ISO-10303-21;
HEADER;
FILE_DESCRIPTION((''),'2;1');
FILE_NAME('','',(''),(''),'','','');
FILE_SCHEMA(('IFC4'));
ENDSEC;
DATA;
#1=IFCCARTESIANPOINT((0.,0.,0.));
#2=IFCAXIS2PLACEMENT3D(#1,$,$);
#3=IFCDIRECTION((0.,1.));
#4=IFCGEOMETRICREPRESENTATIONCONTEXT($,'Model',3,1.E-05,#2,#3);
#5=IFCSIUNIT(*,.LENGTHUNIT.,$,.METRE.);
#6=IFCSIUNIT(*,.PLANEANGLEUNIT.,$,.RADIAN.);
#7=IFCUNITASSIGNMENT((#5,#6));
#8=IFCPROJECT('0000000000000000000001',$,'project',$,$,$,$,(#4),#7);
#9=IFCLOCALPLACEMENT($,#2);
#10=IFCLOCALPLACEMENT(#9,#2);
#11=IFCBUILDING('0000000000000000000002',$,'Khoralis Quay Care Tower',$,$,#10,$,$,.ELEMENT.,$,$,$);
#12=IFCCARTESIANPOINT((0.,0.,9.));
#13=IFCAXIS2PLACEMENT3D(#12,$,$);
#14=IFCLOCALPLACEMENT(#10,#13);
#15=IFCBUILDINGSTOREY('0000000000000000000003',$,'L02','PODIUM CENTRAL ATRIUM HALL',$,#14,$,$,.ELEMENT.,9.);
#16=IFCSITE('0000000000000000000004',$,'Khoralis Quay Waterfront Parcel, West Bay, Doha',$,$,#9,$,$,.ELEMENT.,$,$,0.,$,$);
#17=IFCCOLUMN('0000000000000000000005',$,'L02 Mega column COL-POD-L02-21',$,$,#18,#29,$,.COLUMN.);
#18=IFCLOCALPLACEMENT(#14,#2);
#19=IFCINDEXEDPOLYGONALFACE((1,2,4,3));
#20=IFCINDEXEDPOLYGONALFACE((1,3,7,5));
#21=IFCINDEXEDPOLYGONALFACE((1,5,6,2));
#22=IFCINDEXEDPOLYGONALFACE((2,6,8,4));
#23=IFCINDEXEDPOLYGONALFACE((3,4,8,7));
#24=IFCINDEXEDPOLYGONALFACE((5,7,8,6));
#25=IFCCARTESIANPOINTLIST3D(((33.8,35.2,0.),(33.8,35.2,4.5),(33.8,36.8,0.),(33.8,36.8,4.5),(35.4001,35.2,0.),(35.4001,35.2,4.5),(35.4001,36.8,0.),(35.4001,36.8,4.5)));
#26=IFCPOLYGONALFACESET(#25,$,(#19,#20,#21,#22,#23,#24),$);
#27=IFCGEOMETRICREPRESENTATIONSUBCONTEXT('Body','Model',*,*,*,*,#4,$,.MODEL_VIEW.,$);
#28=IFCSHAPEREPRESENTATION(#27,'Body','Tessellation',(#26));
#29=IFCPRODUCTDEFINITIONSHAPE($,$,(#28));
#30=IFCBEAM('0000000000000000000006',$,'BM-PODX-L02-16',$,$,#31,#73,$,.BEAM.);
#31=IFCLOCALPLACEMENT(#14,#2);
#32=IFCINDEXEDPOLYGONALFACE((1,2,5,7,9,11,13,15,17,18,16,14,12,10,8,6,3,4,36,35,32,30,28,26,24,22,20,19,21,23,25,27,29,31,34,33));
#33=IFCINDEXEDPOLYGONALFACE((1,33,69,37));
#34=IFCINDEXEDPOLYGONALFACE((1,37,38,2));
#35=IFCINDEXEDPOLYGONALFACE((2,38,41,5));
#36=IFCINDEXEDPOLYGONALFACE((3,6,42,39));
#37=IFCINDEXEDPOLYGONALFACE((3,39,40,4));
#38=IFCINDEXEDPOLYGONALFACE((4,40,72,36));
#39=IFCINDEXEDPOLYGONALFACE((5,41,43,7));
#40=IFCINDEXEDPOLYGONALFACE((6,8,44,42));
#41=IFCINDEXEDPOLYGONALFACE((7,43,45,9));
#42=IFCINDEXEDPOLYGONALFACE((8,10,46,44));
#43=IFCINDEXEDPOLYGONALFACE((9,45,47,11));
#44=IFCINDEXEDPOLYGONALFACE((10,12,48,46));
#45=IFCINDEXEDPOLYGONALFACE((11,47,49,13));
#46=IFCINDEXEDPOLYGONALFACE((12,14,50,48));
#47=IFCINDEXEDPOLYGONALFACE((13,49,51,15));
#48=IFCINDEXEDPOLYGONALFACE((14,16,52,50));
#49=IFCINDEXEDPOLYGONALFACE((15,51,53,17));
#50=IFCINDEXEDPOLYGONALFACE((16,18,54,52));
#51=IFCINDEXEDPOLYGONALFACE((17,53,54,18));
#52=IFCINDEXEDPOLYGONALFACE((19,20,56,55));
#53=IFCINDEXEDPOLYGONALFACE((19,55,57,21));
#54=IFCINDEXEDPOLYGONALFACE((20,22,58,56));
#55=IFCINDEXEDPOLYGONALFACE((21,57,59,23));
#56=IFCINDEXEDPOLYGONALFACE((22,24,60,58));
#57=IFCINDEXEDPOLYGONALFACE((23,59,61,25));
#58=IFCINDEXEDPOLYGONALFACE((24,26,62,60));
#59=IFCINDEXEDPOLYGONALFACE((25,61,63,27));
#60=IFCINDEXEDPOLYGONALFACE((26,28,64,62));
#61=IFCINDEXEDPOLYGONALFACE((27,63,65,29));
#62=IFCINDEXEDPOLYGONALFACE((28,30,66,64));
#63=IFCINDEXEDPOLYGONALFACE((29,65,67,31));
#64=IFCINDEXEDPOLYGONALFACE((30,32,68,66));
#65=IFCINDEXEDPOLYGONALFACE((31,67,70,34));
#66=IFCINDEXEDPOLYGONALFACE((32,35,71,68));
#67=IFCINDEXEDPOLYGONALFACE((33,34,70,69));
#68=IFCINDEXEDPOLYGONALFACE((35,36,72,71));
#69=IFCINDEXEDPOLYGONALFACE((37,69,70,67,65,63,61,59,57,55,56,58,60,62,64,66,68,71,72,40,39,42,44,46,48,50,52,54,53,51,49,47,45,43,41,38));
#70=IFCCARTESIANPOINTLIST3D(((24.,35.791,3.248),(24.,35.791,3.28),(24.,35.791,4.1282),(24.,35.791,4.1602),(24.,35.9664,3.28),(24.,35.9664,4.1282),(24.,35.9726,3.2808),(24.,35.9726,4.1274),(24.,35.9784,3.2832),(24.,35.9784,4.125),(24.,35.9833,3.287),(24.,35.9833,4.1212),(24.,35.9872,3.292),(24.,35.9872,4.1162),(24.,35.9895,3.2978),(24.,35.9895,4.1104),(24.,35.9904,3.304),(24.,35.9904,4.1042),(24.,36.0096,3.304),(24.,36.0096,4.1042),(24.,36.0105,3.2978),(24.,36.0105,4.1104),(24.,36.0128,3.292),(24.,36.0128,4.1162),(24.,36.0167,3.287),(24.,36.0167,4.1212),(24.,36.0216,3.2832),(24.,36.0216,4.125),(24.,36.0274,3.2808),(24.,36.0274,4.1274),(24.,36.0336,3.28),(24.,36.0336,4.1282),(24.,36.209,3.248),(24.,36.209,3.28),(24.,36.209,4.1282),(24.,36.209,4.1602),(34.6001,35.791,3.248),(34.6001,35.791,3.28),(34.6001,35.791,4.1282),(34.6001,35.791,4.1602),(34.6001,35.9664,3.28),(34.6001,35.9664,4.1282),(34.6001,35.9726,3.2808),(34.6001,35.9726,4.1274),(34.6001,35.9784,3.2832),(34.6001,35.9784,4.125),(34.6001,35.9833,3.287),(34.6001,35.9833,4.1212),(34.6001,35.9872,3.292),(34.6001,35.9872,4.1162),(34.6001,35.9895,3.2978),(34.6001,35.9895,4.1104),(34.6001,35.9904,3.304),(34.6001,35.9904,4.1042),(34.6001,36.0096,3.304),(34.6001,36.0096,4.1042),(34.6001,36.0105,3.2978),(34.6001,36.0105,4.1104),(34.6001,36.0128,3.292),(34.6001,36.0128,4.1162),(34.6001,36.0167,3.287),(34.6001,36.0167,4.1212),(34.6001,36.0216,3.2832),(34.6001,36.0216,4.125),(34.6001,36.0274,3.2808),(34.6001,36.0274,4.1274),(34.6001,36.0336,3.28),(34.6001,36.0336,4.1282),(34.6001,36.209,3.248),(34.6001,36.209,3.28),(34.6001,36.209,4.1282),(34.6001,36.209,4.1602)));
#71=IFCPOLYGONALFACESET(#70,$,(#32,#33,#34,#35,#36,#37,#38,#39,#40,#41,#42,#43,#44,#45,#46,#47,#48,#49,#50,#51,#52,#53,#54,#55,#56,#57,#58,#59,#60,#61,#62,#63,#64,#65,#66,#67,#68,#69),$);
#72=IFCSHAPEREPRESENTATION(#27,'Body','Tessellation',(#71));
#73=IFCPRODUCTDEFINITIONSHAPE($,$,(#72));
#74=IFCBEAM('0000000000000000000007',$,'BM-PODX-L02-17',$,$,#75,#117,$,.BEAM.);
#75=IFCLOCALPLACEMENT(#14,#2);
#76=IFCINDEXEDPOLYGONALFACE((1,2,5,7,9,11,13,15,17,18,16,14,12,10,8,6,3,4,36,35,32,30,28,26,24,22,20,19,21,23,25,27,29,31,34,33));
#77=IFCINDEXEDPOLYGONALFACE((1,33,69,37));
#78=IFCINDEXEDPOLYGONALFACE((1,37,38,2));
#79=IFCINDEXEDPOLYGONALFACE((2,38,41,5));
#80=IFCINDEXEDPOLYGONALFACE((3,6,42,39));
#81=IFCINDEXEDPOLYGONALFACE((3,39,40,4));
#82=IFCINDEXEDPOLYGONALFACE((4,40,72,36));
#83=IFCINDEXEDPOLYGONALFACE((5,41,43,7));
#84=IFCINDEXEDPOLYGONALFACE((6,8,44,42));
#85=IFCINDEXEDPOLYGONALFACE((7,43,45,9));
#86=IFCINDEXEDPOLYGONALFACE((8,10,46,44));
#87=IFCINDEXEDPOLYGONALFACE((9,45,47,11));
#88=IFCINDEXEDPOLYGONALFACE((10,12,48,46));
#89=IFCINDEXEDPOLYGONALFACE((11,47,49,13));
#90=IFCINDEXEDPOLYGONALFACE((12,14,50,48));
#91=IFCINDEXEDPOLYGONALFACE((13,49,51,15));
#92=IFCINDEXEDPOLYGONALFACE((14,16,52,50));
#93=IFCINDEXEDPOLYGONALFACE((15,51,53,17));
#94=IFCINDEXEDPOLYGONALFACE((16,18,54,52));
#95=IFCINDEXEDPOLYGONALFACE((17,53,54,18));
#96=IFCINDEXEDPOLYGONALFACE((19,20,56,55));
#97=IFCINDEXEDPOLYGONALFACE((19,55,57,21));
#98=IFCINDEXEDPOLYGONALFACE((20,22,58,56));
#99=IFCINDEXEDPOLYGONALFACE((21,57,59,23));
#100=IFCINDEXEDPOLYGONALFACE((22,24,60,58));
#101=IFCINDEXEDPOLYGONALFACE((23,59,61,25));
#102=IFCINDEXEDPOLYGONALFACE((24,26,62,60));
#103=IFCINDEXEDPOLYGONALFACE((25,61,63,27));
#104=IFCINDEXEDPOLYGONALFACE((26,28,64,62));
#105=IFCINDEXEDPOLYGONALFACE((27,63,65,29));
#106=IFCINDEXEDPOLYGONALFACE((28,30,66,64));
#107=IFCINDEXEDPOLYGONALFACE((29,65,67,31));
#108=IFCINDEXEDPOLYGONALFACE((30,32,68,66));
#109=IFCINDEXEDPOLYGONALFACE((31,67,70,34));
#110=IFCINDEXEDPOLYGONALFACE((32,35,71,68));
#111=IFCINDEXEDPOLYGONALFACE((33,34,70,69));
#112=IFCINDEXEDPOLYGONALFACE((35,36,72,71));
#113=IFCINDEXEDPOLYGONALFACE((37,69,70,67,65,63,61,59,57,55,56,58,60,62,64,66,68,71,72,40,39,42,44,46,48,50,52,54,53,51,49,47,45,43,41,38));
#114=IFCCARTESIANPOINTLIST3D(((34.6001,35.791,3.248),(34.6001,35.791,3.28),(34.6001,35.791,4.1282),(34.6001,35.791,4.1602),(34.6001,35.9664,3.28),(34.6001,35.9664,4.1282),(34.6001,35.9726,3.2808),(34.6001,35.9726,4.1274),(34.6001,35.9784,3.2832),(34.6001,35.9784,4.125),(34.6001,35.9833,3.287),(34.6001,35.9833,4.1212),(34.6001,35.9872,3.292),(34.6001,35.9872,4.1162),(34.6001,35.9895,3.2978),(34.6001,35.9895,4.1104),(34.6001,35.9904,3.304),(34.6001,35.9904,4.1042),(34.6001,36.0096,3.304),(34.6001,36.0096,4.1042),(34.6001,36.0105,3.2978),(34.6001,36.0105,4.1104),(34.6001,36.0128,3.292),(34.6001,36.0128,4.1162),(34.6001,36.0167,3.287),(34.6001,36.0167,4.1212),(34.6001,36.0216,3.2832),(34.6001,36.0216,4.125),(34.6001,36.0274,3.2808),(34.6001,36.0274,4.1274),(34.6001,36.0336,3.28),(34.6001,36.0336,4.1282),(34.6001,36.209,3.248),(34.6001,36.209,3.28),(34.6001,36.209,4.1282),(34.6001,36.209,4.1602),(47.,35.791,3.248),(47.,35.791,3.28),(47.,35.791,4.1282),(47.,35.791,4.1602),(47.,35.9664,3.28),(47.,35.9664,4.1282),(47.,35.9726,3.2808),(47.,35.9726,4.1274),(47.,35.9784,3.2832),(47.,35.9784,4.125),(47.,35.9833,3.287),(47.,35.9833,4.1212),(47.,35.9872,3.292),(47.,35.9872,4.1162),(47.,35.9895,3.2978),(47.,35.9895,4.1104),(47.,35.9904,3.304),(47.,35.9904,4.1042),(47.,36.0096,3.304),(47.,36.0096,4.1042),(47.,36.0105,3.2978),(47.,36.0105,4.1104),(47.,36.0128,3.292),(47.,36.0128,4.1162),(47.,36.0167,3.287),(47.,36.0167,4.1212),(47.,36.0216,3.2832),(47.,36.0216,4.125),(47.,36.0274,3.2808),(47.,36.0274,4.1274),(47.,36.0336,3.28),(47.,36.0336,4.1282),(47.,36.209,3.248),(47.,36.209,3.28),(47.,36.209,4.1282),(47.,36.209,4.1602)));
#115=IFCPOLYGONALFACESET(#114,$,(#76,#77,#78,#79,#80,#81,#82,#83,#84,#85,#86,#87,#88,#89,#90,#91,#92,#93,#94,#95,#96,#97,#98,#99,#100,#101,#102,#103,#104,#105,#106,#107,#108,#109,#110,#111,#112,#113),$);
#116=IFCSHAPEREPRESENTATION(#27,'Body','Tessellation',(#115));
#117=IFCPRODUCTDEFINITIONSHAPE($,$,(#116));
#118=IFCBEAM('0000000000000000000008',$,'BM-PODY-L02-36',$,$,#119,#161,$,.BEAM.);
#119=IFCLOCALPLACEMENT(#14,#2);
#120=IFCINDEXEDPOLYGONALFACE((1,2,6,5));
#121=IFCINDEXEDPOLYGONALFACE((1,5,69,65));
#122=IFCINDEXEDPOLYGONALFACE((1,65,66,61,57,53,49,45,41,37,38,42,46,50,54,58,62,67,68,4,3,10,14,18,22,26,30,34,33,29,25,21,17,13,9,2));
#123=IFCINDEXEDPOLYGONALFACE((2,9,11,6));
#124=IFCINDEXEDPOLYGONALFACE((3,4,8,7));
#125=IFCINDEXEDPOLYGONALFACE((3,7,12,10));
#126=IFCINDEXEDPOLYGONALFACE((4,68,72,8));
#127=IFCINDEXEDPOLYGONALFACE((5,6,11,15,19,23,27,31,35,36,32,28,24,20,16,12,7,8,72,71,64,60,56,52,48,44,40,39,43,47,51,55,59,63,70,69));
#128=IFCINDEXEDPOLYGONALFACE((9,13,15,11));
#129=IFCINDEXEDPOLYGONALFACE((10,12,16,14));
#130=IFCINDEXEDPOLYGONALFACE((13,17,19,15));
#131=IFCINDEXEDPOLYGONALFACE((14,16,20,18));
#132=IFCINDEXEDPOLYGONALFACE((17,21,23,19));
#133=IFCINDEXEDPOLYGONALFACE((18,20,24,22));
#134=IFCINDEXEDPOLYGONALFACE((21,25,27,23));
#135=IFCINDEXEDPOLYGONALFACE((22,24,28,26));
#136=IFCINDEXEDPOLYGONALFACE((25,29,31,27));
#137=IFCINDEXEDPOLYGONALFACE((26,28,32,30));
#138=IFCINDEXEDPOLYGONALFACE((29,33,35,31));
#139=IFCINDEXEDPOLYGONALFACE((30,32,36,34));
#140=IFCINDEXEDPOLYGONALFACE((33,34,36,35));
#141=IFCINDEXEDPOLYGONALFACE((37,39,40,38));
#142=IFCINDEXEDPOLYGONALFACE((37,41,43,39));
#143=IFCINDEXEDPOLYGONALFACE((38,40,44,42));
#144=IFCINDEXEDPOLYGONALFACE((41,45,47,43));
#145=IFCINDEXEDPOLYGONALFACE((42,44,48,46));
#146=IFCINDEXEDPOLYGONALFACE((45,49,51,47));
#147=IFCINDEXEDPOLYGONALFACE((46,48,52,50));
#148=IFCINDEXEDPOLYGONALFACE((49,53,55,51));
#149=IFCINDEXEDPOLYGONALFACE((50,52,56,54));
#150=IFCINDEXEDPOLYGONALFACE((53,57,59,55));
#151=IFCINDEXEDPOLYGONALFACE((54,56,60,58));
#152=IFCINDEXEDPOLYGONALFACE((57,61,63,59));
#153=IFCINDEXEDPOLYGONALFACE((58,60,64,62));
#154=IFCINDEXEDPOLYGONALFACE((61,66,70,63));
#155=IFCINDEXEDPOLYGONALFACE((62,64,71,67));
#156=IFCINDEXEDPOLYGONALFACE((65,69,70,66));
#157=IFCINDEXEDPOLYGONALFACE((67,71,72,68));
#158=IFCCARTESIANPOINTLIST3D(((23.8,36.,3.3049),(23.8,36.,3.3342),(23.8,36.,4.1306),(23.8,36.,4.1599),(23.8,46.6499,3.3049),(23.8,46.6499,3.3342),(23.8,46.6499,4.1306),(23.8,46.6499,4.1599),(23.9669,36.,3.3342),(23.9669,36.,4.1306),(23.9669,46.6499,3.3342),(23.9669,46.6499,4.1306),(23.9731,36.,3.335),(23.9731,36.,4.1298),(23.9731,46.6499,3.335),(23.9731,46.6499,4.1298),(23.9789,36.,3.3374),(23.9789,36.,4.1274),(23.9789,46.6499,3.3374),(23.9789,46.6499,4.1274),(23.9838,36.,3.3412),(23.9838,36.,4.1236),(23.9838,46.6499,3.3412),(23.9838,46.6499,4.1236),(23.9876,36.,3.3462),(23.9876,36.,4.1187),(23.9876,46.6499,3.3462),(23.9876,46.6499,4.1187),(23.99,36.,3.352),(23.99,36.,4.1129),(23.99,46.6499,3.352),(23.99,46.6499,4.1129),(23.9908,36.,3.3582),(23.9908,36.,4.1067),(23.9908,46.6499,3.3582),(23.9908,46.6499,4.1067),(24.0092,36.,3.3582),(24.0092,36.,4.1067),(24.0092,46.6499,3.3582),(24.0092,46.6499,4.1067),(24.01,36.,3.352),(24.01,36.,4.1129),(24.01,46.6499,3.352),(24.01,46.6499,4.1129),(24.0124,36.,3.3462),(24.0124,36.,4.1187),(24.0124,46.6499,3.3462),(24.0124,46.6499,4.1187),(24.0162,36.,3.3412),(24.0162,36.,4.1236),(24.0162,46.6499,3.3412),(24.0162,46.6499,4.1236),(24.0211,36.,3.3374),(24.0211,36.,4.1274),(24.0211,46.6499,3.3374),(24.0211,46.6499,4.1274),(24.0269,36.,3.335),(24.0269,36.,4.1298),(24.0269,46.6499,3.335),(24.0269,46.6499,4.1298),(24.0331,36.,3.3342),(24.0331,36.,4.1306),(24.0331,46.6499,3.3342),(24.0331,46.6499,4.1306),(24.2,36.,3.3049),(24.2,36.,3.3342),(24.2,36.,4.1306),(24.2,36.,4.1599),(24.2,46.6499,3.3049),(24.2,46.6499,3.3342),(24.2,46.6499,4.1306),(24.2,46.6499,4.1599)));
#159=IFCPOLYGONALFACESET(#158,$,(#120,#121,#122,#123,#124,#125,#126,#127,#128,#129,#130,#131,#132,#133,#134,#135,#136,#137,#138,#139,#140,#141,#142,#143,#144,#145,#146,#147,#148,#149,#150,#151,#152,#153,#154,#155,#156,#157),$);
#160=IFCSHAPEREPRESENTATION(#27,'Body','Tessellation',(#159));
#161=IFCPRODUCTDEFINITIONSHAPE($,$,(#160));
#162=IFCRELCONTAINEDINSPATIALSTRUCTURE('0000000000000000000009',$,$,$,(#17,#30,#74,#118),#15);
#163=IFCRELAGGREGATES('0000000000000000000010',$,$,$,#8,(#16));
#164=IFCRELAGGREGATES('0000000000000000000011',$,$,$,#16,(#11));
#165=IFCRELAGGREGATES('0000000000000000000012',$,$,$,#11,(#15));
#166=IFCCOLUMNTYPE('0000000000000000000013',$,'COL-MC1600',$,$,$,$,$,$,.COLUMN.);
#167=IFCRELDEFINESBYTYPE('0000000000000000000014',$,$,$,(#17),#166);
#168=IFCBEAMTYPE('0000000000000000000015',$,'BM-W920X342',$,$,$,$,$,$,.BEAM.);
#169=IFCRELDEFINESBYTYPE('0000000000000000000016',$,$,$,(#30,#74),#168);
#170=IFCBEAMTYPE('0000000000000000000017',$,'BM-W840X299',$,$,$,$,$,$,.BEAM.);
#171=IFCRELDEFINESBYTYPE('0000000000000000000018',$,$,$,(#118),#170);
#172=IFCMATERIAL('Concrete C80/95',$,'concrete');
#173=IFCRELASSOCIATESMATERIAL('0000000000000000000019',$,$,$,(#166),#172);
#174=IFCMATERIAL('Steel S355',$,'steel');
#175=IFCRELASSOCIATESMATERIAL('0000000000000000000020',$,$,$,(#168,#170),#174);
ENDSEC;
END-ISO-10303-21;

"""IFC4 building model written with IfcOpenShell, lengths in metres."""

from ifc_helpers import new_model, si_unit, direction, frame, origin, origin_2d, place, context, subcontext, project, spatial, rectangle, i_section, extrude, source, transform, mapped, material, material_profile, profile_set, type_object, element, save


model = new_model("IFC4")

# Units and contexts
model_context = context("Model", 3, precision=1e-05, world=origin(), true_north=direction((0.0, 1.0)))
body_context = subcontext(model_context, "Body", "Model", "MODEL_VIEW")
ifc_project = project(units=[si_unit("LENGTHUNIT", "METRE"), si_unit("PLANEANGLEUNIT", "RADIAN")], contexts=[model_context])

# Site, building, storey
site_placement = place(None, origin())
site = spatial("IfcSite", under=ifc_project, at=site_placement, Name="Khoralis Quay Waterfront Parcel, West Bay, Doha", CompositionType="ELEMENT", RefElevation=0.0)
building_placement = place(site_placement, origin())
building = spatial("IfcBuilding", under=site, at=building_placement, Name="Khoralis Quay Care Tower", CompositionType="ELEMENT")
storey_placement = place(building_placement, frame((0.0, 0.0, 9.0)))
storey = spatial("IfcBuildingStorey", under=building, at=storey_placement, Name="L02", Description="PODIUM CENTRAL ATRIUM HALL", CompositionType="ELEMENT", Elevation=9.0)

# Column
ifc_material_1 = material(Name="Concrete C80/95", Category="concrete")
ifc_material_profile_1 = material_profile(ifc_material_1, rectangle(XDim=1.6001, YDim=1.6001, at=origin_2d()), Name="Concrete C80/95")
ifc_profile_set_1 = profile_set([ifc_material_profile_1], Name="Concrete C80/95")
column_type = type_object("IfcColumnType", Name="COL-MC1600", PredefinedType="COLUMN", material=ifc_profile_set_1)
shared_shape_1 = source(origin(), body_context, "Body", "SweptSolid", [
    extrude(rectangle(XDim=1.6001, YDim=1.6001, at=origin_2d()), origin(), (0.0, 0.0, 1.0), 4.5),
])
column_placement = place(storey_placement, frame((34.6001, 36.0, 0.0), z_axis=(0.0, 0.0, 1.0), x_axis=(1.0, 0.0, 0.0)))
element("IfcColumn", 1, at=column_placement, inside=storey, type_object=column_type, Name="L02 Mega column COL-POD-L02-21", PredefinedType="COLUMN", context=body_context, shape_type="MappedRepresentation", body=[
    mapped(shared_shape_1, transform((0.0, 0.0, 0.0), scale=1.0)),
])

# Beams
ifc_material_2 = material(Name="Steel S355", Category="steel")
ifc_material_profile_2 = material_profile(ifc_material_2, i_section(OverallWidth=0.418, OverallDepth=0.9121, WebThickness=0.0193, FlangeThickness=0.032, FilletRadius=0.0239, at=origin_2d()), Name="Steel S355")
ifc_profile_set_2 = profile_set([ifc_material_profile_2], Name="Steel S355")
beam_type_1 = type_object("IfcBeamType", Name="BM-W920X342", PredefinedType="BEAM", material=ifc_profile_set_2)
shared_shape_2 = source(origin(), body_context, "Body", "SweptSolid", [
    extrude(i_section(OverallWidth=0.418, OverallDepth=0.9121, WebThickness=0.0193, FlangeThickness=0.032, FilletRadius=0.0239, at=origin_2d()), origin(), (0.0, 0.0, 1.0), 10.6001),
])
beam_1_placement = place(storey_placement, frame((24.0, 36.0, 3.7041), z_axis=(1.0, 0.0, 0.0), x_axis=(0.0, 1.0, 0.0)))
element("IfcBeam", 2, at=beam_1_placement, inside=storey, type_object=beam_type_1, Name="BM-PODX-L02-16", PredefinedType="BEAM", context=body_context, shape_type="MappedRepresentation", body=[
    mapped(shared_shape_2, transform((0.0, 0.0, 0.0), scale=1.0)),
])
shared_shape_3 = source(origin(), body_context, "Body", "SweptSolid", [
    extrude(i_section(OverallWidth=0.418, OverallDepth=0.9121, WebThickness=0.0193, FlangeThickness=0.032, FilletRadius=0.0239, at=origin_2d()), origin(), (0.0, 0.0, 1.0), 12.3999),
])
beam_2_placement = place(storey_placement, frame((34.6001, 36.0, 3.7041), z_axis=(1.0, 0.0, 0.0), x_axis=(0.0, 1.0, 0.0)))
element("IfcBeam", 3, at=beam_2_placement, inside=storey, type_object=beam_type_1, Name="BM-PODX-L02-17", PredefinedType="BEAM", context=body_context, shape_type="MappedRepresentation", body=[
    mapped(shared_shape_3, transform((0.0, 0.0, 0.0), scale=1.0)),
])
ifc_material_profile_3 = material_profile(ifc_material_2, i_section(OverallWidth=0.3999, OverallDepth=0.855, WebThickness=0.0183, FlangeThickness=0.0293, FilletRadius=0.0239, at=origin_2d()), Name="Steel S355")
ifc_profile_set_3 = profile_set([ifc_material_profile_3], Name="Steel S355")
beam_type_2 = type_object("IfcBeamType", Name="BM-W840X299", PredefinedType="BEAM", material=ifc_profile_set_3)
shared_shape_4 = source(origin(), body_context, "Body", "SweptSolid", [
    extrude(i_section(OverallWidth=0.3999, OverallDepth=0.855, WebThickness=0.0183, FlangeThickness=0.0293, FilletRadius=0.0239, at=origin_2d()), origin(), (0.0, 0.0, 1.0), 10.6499),
])
for number, where, z_axis, x_axis, name in (
    (4, (24.0, 36.0, 3.7324), (0.0, 1.0, 0.0), (-1.0, 0.0, 0.0), "BM-PODY-L02-36"),
):
    element("IfcBeam", number, at=place(storey_placement, frame(where, z_axis=z_axis, x_axis=x_axis)), inside=storey, type_object=beam_type_2, Name=name, PredefinedType="BEAM", context=body_context, shape_type="MappedRepresentation", body=[
        mapped(shared_shape_4, transform((0.0, 0.0, 0.0), scale=1.0)),
    ])

save(model, "model.ifc")
